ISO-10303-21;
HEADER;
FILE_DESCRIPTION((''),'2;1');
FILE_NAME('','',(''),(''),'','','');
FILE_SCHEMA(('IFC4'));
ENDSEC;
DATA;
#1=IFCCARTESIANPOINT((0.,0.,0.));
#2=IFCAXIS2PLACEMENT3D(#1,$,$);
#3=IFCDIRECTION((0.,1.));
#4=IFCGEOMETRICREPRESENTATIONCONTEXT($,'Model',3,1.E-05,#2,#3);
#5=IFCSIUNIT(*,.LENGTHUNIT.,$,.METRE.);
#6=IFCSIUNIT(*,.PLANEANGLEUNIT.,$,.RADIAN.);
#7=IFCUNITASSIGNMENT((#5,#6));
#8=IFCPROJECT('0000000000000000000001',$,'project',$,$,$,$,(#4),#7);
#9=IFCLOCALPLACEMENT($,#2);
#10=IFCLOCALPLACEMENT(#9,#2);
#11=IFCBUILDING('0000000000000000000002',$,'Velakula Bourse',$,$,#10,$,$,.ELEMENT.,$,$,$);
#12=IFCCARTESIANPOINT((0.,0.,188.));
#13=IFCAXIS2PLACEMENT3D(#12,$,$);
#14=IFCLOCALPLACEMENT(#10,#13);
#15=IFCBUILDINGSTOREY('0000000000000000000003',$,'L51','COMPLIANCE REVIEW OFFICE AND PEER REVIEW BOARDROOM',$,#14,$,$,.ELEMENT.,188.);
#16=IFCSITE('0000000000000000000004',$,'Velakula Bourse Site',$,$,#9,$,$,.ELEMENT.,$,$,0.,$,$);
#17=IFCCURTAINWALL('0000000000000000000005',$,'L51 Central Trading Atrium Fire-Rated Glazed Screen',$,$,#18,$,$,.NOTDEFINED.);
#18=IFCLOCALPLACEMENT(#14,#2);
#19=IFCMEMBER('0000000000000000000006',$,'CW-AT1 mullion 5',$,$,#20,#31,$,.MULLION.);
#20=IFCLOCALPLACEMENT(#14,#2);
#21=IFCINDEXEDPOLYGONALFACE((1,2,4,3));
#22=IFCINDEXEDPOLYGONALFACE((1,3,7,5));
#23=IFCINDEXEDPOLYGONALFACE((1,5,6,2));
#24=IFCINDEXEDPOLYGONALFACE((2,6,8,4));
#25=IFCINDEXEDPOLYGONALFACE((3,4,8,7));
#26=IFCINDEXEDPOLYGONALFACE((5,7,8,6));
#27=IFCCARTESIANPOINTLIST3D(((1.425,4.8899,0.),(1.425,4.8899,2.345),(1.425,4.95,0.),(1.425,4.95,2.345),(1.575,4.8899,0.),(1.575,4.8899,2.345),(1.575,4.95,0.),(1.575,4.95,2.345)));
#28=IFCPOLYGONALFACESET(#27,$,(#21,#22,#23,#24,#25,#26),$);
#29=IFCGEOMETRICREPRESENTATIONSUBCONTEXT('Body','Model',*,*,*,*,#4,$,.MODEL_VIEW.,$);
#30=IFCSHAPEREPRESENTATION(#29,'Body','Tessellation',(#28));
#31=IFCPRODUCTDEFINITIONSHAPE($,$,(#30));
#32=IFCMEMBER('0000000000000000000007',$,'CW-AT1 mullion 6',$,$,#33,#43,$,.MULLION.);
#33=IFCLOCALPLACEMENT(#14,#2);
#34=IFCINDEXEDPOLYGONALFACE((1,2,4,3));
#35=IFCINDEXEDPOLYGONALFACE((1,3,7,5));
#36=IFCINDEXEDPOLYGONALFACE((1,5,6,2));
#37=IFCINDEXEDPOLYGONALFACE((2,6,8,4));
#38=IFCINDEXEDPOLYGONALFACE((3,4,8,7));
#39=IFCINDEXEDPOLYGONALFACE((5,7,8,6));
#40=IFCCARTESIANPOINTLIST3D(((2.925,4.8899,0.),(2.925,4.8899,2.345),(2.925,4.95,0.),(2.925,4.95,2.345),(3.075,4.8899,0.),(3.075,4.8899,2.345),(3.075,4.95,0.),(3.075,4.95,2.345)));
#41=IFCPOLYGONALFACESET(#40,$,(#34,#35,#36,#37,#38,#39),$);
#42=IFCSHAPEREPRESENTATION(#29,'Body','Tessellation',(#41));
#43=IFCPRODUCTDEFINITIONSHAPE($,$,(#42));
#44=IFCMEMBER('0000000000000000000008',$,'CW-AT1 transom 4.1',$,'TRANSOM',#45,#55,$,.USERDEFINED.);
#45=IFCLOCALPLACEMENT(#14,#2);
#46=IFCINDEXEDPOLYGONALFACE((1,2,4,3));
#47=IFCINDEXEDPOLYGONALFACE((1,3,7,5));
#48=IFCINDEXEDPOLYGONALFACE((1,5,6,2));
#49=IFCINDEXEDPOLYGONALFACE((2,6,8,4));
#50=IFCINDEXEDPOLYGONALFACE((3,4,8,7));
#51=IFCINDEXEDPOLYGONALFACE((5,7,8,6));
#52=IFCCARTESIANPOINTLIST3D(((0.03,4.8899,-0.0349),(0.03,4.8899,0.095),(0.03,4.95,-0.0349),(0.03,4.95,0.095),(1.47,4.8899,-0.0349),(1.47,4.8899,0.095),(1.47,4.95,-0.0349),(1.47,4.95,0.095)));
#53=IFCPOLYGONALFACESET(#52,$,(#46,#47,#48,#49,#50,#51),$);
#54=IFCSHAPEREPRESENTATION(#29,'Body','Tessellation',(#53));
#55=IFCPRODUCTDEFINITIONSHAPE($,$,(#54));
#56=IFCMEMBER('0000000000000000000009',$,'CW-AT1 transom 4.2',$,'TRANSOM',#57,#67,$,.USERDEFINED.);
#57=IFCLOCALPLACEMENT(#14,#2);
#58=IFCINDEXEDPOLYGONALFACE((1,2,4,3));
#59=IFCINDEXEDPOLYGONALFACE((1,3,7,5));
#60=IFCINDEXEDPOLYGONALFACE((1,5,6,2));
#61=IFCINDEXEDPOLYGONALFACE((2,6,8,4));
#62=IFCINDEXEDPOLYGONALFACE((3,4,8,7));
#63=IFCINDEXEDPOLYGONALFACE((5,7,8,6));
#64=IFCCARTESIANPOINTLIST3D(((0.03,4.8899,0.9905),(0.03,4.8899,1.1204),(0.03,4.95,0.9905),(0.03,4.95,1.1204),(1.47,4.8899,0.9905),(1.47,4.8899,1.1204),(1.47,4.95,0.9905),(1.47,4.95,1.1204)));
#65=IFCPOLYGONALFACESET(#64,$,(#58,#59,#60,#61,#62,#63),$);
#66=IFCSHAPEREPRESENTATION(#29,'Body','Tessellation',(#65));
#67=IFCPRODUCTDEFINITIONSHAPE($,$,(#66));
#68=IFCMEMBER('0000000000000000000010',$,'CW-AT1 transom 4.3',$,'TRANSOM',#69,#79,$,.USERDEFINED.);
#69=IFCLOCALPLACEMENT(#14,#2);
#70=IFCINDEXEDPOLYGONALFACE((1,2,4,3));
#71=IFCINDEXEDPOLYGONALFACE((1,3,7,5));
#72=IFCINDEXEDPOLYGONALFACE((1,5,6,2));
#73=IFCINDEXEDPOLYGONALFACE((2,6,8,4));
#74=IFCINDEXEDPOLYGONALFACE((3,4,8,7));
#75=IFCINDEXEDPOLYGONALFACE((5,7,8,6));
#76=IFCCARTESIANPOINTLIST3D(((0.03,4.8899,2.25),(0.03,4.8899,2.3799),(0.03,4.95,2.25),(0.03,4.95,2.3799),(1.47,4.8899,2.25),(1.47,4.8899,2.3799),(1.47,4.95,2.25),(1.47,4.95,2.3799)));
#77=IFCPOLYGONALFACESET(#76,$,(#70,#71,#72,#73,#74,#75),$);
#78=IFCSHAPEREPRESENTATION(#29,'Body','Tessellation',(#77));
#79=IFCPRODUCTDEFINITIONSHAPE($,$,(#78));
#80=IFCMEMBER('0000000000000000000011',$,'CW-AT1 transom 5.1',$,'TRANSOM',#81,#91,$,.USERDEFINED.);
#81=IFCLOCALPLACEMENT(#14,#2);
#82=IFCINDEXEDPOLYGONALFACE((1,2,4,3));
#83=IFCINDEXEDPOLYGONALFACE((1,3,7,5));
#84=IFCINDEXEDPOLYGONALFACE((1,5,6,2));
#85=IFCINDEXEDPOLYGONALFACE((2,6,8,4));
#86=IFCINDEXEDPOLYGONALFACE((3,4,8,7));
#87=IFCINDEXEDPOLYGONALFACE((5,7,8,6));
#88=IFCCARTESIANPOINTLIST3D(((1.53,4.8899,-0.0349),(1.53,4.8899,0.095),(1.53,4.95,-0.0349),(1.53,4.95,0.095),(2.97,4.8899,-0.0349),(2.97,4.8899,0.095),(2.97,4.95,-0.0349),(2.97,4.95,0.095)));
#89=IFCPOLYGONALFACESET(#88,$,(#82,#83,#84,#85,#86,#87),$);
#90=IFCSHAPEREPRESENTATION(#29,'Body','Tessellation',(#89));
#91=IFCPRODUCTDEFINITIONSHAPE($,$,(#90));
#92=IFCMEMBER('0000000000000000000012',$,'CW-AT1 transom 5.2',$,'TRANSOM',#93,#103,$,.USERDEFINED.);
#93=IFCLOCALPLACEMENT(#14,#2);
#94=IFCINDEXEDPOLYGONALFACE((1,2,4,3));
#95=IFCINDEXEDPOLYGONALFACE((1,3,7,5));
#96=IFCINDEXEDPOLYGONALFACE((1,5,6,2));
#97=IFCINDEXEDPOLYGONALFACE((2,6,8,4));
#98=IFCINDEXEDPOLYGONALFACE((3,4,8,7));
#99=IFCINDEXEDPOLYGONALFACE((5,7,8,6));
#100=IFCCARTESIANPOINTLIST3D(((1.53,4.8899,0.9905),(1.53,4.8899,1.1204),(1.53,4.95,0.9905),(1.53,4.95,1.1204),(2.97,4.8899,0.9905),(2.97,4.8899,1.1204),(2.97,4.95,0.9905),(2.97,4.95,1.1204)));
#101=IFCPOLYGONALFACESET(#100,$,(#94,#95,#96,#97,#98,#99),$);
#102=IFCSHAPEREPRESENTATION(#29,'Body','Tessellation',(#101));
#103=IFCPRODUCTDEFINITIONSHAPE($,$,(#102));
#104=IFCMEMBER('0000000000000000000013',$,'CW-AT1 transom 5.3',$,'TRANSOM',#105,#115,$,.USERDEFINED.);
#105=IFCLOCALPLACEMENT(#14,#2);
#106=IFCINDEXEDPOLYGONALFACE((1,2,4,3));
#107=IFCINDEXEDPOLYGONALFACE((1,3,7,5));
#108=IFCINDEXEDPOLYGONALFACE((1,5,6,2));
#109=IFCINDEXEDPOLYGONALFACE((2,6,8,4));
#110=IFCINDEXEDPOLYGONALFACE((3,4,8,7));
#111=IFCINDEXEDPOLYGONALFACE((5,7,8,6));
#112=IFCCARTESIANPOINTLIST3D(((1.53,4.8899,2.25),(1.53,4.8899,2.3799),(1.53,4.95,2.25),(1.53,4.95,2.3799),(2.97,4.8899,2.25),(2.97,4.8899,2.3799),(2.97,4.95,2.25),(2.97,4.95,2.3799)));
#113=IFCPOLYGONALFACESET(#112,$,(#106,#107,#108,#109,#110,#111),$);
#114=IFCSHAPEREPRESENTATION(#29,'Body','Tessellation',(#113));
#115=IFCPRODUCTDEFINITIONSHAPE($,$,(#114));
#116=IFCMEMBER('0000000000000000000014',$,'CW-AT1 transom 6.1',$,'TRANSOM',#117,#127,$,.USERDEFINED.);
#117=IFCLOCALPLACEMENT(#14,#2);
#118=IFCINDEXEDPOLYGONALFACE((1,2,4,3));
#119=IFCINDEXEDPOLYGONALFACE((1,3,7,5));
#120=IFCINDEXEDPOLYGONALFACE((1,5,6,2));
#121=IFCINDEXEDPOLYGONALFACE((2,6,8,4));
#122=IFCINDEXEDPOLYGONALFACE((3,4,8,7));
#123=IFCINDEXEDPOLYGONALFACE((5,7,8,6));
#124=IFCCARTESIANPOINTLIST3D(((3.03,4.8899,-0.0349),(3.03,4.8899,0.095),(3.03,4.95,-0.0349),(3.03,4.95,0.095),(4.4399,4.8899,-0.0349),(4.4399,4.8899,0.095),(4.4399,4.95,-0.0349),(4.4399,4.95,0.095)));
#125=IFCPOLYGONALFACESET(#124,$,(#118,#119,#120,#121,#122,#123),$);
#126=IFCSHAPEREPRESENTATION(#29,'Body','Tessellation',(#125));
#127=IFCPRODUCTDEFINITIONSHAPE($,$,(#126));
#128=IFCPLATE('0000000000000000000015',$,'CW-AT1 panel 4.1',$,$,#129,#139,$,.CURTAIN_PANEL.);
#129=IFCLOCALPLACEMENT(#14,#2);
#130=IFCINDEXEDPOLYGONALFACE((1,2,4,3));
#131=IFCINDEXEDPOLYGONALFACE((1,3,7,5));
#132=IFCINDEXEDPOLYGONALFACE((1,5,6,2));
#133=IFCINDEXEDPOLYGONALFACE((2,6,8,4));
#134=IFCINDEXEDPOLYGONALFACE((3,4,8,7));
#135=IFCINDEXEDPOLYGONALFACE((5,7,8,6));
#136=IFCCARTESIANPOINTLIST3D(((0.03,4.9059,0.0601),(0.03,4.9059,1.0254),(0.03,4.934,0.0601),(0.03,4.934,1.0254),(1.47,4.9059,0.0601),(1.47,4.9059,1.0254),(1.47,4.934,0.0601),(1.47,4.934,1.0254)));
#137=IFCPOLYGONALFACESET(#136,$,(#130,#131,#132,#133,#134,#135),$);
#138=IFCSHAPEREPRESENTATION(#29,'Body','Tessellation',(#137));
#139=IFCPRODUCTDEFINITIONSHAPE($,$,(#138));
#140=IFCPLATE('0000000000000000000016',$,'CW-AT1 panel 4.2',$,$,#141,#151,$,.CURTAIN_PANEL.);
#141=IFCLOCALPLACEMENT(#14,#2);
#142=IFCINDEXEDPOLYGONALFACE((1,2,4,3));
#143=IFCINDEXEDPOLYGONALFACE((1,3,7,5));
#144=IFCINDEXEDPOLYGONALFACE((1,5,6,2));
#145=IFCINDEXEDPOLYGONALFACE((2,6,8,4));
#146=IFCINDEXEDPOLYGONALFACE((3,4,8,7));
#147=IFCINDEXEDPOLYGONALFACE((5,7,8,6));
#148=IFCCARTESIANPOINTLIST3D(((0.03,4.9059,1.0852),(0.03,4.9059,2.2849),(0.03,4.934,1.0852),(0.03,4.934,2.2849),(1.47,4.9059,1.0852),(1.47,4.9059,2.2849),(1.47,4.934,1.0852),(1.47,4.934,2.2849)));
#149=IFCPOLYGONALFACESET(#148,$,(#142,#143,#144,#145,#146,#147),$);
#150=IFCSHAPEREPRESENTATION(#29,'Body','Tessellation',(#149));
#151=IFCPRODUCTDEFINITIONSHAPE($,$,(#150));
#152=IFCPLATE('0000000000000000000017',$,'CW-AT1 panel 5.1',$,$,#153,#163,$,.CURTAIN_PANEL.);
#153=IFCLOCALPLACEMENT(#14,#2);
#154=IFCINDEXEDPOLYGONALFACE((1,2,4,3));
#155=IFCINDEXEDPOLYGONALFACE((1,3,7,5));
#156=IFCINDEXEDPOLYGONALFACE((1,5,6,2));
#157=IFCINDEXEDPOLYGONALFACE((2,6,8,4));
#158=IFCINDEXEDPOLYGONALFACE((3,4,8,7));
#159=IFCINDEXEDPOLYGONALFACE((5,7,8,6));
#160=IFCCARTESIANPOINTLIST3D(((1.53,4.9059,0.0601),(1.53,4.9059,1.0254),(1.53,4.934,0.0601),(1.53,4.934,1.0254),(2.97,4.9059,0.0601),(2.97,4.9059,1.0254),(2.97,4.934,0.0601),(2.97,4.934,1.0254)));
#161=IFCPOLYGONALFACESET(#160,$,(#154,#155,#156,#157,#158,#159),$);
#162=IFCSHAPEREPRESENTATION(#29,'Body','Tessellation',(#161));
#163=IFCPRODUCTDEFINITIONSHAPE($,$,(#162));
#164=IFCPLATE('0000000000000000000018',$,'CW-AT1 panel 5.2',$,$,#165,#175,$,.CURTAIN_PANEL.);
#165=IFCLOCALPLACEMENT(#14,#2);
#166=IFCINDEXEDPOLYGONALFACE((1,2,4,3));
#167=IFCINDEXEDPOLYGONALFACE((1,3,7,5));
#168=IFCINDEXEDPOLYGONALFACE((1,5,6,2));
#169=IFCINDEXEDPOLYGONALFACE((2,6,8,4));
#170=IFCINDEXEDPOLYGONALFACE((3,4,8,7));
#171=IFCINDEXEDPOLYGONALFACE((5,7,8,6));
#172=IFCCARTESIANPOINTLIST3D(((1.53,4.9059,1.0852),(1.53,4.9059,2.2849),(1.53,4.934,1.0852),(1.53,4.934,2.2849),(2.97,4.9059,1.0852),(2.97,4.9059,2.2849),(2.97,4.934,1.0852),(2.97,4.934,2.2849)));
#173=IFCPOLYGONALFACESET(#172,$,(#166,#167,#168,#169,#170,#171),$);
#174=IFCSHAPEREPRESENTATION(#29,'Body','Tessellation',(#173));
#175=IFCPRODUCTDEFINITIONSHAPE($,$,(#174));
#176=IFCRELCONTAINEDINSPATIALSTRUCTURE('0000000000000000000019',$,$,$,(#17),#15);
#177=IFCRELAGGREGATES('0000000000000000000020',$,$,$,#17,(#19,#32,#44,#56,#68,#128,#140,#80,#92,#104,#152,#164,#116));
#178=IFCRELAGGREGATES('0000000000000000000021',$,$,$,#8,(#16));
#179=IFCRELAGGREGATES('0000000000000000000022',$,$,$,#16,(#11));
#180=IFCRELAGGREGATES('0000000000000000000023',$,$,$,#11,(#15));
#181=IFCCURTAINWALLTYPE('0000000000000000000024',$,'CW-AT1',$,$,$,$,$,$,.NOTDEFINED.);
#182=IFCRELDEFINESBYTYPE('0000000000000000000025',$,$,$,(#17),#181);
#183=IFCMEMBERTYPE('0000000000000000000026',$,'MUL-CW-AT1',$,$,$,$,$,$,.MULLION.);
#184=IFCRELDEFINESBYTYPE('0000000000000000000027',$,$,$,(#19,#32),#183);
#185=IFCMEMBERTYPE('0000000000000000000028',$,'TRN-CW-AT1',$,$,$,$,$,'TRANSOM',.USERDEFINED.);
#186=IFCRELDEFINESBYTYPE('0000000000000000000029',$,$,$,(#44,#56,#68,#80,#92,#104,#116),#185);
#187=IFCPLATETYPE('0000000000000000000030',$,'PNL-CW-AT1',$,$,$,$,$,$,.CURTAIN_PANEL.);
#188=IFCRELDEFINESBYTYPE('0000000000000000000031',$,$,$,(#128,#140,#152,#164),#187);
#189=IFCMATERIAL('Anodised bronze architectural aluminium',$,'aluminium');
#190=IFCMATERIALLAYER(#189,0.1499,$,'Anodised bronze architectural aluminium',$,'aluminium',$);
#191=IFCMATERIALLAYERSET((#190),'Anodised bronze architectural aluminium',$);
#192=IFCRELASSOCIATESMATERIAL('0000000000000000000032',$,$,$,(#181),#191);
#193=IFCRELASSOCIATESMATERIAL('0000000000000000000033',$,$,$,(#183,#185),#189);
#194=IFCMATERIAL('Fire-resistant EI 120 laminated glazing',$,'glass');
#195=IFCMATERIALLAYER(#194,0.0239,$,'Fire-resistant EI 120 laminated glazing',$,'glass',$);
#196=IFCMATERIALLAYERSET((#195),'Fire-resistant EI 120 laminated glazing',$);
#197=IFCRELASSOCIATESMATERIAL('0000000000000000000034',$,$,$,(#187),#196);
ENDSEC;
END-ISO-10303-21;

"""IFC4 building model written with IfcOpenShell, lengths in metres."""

from ifc_helpers import new_model, si_unit, direction, frame, origin, origin_2d, place, context, subcontext, project, spatial, rectangle, extrude, material, layer, layer_set, material_profile, profile_set, type_object, element, aggregate, save


model = new_model("IFC4")

# Units and contexts
model_context = context("Model", 3, precision=1e-05, world=origin(), true_north=direction((0.0, 1.0)))
body_context = subcontext(model_context, "Body", "Model", "MODEL_VIEW")
ifc_project = project(units=[si_unit("LENGTHUNIT", "METRE"), si_unit("PLANEANGLEUNIT", "RADIAN")], contexts=[model_context])

# Site, building, storey
site_placement = place(None, origin())
site = spatial("IfcSite", under=ifc_project, at=site_placement, Name="Velakula Bourse Site", CompositionType="ELEMENT", RefElevation=0.0)
building_placement = place(site_placement, origin())
building = spatial("IfcBuilding", under=site, at=building_placement, Name="Velakula Bourse", CompositionType="ELEMENT")
storey_placement = place(building_placement, frame((0.0, 0.0, 188.0)))
storey = spatial("IfcBuildingStorey", under=building, at=storey_placement, Name="L51", Description="COMPLIANCE REVIEW OFFICE AND PEER REVIEW BOARDROOM", CompositionType="ELEMENT", Elevation=188.0)

# Curtain wall, members, plates
ifc_material_1 = material(Name="Anodised bronze architectural aluminium", Category="aluminium")
ifc_layer_1 = layer(ifc_material_1, 0.1499, Name="Anodised bronze architectural aluminium", Category="aluminium")
ifc_layer_set_1 = layer_set([ifc_layer_1], Name="Anodised bronze architectural aluminium")
curtain_wall_type = type_object("IfcCurtainWallType", Name="CW-AT1", PredefinedType="NOTDEFINED", material=ifc_layer_set_1)
curtain_wall_placement = place(storey_placement, origin())
curtain_wall = element("IfcCurtainWall", 1, at=curtain_wall_placement, inside=storey, type_object=curtain_wall_type, Name="L51 Central Trading Atrium Fire-Rated Glazed Screen", PredefinedType="NOTDEFINED")
ifc_material_profile_1 = material_profile(ifc_material_1, rectangle(XDim=0.0601, YDim=0.1499, at=origin_2d()), Name="Anodised bronze architectural aluminium")
ifc_profile_set_1 = profile_set([ifc_material_profile_1], Name="Anodised bronze architectural aluminium")
member_type_1 = type_object("IfcMemberType", Name="MUL-CW-AT1", PredefinedType="MULLION", material=ifc_profile_set_1)
member_1_placement = place(storey_placement, frame((1.5, 4.9199, 0.0), z_axis=(0.0, 0.0, 1.0), x_axis=(0.0, 1.0, 0.0)))
member_1 = element("IfcMember", 2, at=member_1_placement, type_object=member_type_1, Name="CW-AT1 mullion 5", PredefinedType="MULLION", context=body_context, shape_type="SweptSolid", body=[
    extrude(rectangle(XDim=0.0601, YDim=0.1499, at=origin_2d()), origin(), (0.0, 0.0, 1.0), 2.345),
])
member_2_placement = place(storey_placement, frame((3.0, 4.9199, 0.0), z_axis=(0.0, 0.0, 1.0), x_axis=(0.0, 1.0, 0.0)))
member_2 = element("IfcMember", 3, at=member_2_placement, type_object=member_type_1, Name="CW-AT1 mullion 6", PredefinedType="MULLION", context=body_context, shape_type="SweptSolid", body=[
    extrude(rectangle(XDim=0.0601, YDim=0.1499, at=origin_2d()), origin(), (0.0, 0.0, 1.0), 2.345),
])
ifc_material_profile_2 = material_profile(ifc_material_1, rectangle(XDim=0.0601, YDim=0.1299, at=origin_2d()), Name="Anodised bronze architectural aluminium")
ifc_profile_set_2 = profile_set([ifc_material_profile_2], Name="Anodised bronze architectural aluminium")
member_type_2 = type_object("IfcMemberType", Name="TRN-CW-AT1", ElementType="TRANSOM", PredefinedType="USERDEFINED", material=ifc_profile_set_2)
member_3_placement = place(storey_placement, frame((0.03, 4.9199, 0.03), z_axis=(1.0, 0.0, 0.0), x_axis=(0.0, 1.0, 0.0)))
member_3 = element("IfcMember", 4, at=member_3_placement, type_object=member_type_2, Name="CW-AT1 transom 4.1", ObjectType="TRANSOM", PredefinedType="USERDEFINED", context=body_context, shape_type="SweptSolid", body=[
    extrude(rectangle(XDim=0.0601, YDim=0.1299, at=origin_2d()), origin(), (0.0, 0.0, 1.0), 1.4399),
])
member_4_placement = place(storey_placement, frame((0.03, 4.9199, 1.0554), z_axis=(1.0, 0.0, 0.0), x_axis=(0.0, 1.0, 0.0)))
member_4 = element("IfcMember", 5, at=member_4_placement, type_object=member_type_2, Name="CW-AT1 transom 4.2", ObjectType="TRANSOM", PredefinedType="USERDEFINED", context=body_context, shape_type="SweptSolid", body=[
    extrude(rectangle(XDim=0.0601, YDim=0.1299, at=origin_2d()), origin(), (0.0, 0.0, 1.0), 1.4399),
])
member_5_placement = place(storey_placement, frame((0.03, 4.9199, 2.3149), z_axis=(1.0, 0.0, 0.0), x_axis=(0.0, 1.0, 0.0)))
member_5 = element("IfcMember", 6, at=member_5_placement, type_object=member_type_2, Name="CW-AT1 transom 4.3", ObjectType="TRANSOM", PredefinedType="USERDEFINED", context=body_context, shape_type="SweptSolid", body=[
    extrude(rectangle(XDim=0.0601, YDim=0.1299, at=origin_2d()), origin(), (0.0, 0.0, 1.0), 1.4399),
])
member_6_placement = place(storey_placement, frame((1.53, 4.9199, 0.03), z_axis=(1.0, 0.0, 0.0), x_axis=(0.0, 1.0, 0.0)))
member_6 = element("IfcMember", 7, at=member_6_placement, type_object=member_type_2, Name="CW-AT1 transom 5.1", ObjectType="TRANSOM", PredefinedType="USERDEFINED", context=body_context, shape_type="SweptSolid", body=[
    extrude(rectangle(XDim=0.0601, YDim=0.1299, at=origin_2d()), origin(), (0.0, 0.0, 1.0), 1.4399),
])
member_7_placement = place(storey_placement, frame((1.53, 4.9199, 1.0554), z_axis=(1.0, 0.0, 0.0), x_axis=(0.0, 1.0, 0.0)))
member_7 = element("IfcMember", 8, at=member_7_placement, type_object=member_type_2, Name="CW-AT1 transom 5.2", ObjectType="TRANSOM", PredefinedType="USERDEFINED", context=body_context, shape_type="SweptSolid", body=[
    extrude(rectangle(XDim=0.0601, YDim=0.1299, at=origin_2d()), origin(), (0.0, 0.0, 1.0), 1.4399),
])
member_8_placement = place(storey_placement, frame((1.53, 4.9199, 2.3149), z_axis=(1.0, 0.0, 0.0), x_axis=(0.0, 1.0, 0.0)))
member_8 = element("IfcMember", 9, at=member_8_placement, type_object=member_type_2, Name="CW-AT1 transom 5.3", ObjectType="TRANSOM", PredefinedType="USERDEFINED", context=body_context, shape_type="SweptSolid", body=[
    extrude(rectangle(XDim=0.0601, YDim=0.1299, at=origin_2d()), origin(), (0.0, 0.0, 1.0), 1.4399),
])
member_9_placement = place(storey_placement, frame((3.03, 4.9199, 0.03), z_axis=(1.0, 0.0, 0.0), x_axis=(0.0, 1.0, 0.0)))
member_9 = element("IfcMember", 10, at=member_9_placement, type_object=member_type_2, Name="CW-AT1 transom 6.1", ObjectType="TRANSOM", PredefinedType="USERDEFINED", context=body_context, shape_type="SweptSolid", body=[
    extrude(rectangle(XDim=0.0601, YDim=0.1299, at=origin_2d()), origin(), (0.0, 0.0, 1.0), 1.4099),
])
ifc_material_2 = material(Name="Fire-resistant EI 120 laminated glazing", Category="glass")
ifc_layer_2 = layer(ifc_material_2, 0.0239, Name="Fire-resistant EI 120 laminated glazing", Category="glass")
ifc_layer_set_2 = layer_set([ifc_layer_2], Name="Fire-resistant EI 120 laminated glazing")
plate_type = type_object("IfcPlateType", Name="PNL-CW-AT1", PredefinedType="CURTAIN_PANEL", material=ifc_layer_set_2)
plate_1_placement = place(storey_placement, frame((0.75, 4.9199, 0.0601), z_axis=(0.0, 0.0, 1.0), x_axis=(1.0, 0.0, 0.0)))
plate_1 = element("IfcPlate", 11, at=plate_1_placement, type_object=plate_type, Name="CW-AT1 panel 4.1", PredefinedType="CURTAIN_PANEL", context=body_context, shape_type="SweptSolid", body=[
    extrude(rectangle(XDim=1.4399, YDim=0.0281, at=origin_2d()), origin(), (0.0, 0.0, 1.0), 0.9653),
])
plate_2_placement = place(storey_placement, frame((0.75, 4.9199, 1.0852), z_axis=(0.0, 0.0, 1.0), x_axis=(1.0, 0.0, 0.0)))
plate_2 = element("IfcPlate", 12, at=plate_2_placement, type_object=plate_type, Name="CW-AT1 panel 4.2", PredefinedType="CURTAIN_PANEL", context=body_context, shape_type="SweptSolid", body=[
    extrude(rectangle(XDim=1.4399, YDim=0.0281, at=origin_2d()), origin(), (0.0, 0.0, 1.0), 1.1997),
])
plate_3_placement = place(storey_placement, frame((2.25, 4.9199, 0.0601), z_axis=(0.0, 0.0, 1.0), x_axis=(1.0, 0.0, 0.0)))
plate_3 = element("IfcPlate", 13, at=plate_3_placement, type_object=plate_type, Name="CW-AT1 panel 5.1", PredefinedType="CURTAIN_PANEL", context=body_context, shape_type="SweptSolid", body=[
    extrude(rectangle(XDim=1.4399, YDim=0.0281, at=origin_2d()), origin(), (0.0, 0.0, 1.0), 0.9653),
])
plate_4_placement = place(storey_placement, frame((2.25, 4.9199, 1.0852), z_axis=(0.0, 0.0, 1.0), x_axis=(1.0, 0.0, 0.0)))
plate_4 = element("IfcPlate", 14, at=plate_4_placement, type_object=plate_type, Name="CW-AT1 panel 5.2", PredefinedType="CURTAIN_PANEL", context=body_context, shape_type="SweptSolid", body=[
    extrude(rectangle(XDim=1.4399, YDim=0.0281, at=origin_2d()), origin(), (0.0, 0.0, 1.0), 1.1997),
])
aggregate(curtain_wall, [member_1, member_2, member_3, member_4, member_5, plate_1, plate_2, member_6, member_7, member_8, plate_3, plate_4, member_9])

save(model, "model.ifc")
